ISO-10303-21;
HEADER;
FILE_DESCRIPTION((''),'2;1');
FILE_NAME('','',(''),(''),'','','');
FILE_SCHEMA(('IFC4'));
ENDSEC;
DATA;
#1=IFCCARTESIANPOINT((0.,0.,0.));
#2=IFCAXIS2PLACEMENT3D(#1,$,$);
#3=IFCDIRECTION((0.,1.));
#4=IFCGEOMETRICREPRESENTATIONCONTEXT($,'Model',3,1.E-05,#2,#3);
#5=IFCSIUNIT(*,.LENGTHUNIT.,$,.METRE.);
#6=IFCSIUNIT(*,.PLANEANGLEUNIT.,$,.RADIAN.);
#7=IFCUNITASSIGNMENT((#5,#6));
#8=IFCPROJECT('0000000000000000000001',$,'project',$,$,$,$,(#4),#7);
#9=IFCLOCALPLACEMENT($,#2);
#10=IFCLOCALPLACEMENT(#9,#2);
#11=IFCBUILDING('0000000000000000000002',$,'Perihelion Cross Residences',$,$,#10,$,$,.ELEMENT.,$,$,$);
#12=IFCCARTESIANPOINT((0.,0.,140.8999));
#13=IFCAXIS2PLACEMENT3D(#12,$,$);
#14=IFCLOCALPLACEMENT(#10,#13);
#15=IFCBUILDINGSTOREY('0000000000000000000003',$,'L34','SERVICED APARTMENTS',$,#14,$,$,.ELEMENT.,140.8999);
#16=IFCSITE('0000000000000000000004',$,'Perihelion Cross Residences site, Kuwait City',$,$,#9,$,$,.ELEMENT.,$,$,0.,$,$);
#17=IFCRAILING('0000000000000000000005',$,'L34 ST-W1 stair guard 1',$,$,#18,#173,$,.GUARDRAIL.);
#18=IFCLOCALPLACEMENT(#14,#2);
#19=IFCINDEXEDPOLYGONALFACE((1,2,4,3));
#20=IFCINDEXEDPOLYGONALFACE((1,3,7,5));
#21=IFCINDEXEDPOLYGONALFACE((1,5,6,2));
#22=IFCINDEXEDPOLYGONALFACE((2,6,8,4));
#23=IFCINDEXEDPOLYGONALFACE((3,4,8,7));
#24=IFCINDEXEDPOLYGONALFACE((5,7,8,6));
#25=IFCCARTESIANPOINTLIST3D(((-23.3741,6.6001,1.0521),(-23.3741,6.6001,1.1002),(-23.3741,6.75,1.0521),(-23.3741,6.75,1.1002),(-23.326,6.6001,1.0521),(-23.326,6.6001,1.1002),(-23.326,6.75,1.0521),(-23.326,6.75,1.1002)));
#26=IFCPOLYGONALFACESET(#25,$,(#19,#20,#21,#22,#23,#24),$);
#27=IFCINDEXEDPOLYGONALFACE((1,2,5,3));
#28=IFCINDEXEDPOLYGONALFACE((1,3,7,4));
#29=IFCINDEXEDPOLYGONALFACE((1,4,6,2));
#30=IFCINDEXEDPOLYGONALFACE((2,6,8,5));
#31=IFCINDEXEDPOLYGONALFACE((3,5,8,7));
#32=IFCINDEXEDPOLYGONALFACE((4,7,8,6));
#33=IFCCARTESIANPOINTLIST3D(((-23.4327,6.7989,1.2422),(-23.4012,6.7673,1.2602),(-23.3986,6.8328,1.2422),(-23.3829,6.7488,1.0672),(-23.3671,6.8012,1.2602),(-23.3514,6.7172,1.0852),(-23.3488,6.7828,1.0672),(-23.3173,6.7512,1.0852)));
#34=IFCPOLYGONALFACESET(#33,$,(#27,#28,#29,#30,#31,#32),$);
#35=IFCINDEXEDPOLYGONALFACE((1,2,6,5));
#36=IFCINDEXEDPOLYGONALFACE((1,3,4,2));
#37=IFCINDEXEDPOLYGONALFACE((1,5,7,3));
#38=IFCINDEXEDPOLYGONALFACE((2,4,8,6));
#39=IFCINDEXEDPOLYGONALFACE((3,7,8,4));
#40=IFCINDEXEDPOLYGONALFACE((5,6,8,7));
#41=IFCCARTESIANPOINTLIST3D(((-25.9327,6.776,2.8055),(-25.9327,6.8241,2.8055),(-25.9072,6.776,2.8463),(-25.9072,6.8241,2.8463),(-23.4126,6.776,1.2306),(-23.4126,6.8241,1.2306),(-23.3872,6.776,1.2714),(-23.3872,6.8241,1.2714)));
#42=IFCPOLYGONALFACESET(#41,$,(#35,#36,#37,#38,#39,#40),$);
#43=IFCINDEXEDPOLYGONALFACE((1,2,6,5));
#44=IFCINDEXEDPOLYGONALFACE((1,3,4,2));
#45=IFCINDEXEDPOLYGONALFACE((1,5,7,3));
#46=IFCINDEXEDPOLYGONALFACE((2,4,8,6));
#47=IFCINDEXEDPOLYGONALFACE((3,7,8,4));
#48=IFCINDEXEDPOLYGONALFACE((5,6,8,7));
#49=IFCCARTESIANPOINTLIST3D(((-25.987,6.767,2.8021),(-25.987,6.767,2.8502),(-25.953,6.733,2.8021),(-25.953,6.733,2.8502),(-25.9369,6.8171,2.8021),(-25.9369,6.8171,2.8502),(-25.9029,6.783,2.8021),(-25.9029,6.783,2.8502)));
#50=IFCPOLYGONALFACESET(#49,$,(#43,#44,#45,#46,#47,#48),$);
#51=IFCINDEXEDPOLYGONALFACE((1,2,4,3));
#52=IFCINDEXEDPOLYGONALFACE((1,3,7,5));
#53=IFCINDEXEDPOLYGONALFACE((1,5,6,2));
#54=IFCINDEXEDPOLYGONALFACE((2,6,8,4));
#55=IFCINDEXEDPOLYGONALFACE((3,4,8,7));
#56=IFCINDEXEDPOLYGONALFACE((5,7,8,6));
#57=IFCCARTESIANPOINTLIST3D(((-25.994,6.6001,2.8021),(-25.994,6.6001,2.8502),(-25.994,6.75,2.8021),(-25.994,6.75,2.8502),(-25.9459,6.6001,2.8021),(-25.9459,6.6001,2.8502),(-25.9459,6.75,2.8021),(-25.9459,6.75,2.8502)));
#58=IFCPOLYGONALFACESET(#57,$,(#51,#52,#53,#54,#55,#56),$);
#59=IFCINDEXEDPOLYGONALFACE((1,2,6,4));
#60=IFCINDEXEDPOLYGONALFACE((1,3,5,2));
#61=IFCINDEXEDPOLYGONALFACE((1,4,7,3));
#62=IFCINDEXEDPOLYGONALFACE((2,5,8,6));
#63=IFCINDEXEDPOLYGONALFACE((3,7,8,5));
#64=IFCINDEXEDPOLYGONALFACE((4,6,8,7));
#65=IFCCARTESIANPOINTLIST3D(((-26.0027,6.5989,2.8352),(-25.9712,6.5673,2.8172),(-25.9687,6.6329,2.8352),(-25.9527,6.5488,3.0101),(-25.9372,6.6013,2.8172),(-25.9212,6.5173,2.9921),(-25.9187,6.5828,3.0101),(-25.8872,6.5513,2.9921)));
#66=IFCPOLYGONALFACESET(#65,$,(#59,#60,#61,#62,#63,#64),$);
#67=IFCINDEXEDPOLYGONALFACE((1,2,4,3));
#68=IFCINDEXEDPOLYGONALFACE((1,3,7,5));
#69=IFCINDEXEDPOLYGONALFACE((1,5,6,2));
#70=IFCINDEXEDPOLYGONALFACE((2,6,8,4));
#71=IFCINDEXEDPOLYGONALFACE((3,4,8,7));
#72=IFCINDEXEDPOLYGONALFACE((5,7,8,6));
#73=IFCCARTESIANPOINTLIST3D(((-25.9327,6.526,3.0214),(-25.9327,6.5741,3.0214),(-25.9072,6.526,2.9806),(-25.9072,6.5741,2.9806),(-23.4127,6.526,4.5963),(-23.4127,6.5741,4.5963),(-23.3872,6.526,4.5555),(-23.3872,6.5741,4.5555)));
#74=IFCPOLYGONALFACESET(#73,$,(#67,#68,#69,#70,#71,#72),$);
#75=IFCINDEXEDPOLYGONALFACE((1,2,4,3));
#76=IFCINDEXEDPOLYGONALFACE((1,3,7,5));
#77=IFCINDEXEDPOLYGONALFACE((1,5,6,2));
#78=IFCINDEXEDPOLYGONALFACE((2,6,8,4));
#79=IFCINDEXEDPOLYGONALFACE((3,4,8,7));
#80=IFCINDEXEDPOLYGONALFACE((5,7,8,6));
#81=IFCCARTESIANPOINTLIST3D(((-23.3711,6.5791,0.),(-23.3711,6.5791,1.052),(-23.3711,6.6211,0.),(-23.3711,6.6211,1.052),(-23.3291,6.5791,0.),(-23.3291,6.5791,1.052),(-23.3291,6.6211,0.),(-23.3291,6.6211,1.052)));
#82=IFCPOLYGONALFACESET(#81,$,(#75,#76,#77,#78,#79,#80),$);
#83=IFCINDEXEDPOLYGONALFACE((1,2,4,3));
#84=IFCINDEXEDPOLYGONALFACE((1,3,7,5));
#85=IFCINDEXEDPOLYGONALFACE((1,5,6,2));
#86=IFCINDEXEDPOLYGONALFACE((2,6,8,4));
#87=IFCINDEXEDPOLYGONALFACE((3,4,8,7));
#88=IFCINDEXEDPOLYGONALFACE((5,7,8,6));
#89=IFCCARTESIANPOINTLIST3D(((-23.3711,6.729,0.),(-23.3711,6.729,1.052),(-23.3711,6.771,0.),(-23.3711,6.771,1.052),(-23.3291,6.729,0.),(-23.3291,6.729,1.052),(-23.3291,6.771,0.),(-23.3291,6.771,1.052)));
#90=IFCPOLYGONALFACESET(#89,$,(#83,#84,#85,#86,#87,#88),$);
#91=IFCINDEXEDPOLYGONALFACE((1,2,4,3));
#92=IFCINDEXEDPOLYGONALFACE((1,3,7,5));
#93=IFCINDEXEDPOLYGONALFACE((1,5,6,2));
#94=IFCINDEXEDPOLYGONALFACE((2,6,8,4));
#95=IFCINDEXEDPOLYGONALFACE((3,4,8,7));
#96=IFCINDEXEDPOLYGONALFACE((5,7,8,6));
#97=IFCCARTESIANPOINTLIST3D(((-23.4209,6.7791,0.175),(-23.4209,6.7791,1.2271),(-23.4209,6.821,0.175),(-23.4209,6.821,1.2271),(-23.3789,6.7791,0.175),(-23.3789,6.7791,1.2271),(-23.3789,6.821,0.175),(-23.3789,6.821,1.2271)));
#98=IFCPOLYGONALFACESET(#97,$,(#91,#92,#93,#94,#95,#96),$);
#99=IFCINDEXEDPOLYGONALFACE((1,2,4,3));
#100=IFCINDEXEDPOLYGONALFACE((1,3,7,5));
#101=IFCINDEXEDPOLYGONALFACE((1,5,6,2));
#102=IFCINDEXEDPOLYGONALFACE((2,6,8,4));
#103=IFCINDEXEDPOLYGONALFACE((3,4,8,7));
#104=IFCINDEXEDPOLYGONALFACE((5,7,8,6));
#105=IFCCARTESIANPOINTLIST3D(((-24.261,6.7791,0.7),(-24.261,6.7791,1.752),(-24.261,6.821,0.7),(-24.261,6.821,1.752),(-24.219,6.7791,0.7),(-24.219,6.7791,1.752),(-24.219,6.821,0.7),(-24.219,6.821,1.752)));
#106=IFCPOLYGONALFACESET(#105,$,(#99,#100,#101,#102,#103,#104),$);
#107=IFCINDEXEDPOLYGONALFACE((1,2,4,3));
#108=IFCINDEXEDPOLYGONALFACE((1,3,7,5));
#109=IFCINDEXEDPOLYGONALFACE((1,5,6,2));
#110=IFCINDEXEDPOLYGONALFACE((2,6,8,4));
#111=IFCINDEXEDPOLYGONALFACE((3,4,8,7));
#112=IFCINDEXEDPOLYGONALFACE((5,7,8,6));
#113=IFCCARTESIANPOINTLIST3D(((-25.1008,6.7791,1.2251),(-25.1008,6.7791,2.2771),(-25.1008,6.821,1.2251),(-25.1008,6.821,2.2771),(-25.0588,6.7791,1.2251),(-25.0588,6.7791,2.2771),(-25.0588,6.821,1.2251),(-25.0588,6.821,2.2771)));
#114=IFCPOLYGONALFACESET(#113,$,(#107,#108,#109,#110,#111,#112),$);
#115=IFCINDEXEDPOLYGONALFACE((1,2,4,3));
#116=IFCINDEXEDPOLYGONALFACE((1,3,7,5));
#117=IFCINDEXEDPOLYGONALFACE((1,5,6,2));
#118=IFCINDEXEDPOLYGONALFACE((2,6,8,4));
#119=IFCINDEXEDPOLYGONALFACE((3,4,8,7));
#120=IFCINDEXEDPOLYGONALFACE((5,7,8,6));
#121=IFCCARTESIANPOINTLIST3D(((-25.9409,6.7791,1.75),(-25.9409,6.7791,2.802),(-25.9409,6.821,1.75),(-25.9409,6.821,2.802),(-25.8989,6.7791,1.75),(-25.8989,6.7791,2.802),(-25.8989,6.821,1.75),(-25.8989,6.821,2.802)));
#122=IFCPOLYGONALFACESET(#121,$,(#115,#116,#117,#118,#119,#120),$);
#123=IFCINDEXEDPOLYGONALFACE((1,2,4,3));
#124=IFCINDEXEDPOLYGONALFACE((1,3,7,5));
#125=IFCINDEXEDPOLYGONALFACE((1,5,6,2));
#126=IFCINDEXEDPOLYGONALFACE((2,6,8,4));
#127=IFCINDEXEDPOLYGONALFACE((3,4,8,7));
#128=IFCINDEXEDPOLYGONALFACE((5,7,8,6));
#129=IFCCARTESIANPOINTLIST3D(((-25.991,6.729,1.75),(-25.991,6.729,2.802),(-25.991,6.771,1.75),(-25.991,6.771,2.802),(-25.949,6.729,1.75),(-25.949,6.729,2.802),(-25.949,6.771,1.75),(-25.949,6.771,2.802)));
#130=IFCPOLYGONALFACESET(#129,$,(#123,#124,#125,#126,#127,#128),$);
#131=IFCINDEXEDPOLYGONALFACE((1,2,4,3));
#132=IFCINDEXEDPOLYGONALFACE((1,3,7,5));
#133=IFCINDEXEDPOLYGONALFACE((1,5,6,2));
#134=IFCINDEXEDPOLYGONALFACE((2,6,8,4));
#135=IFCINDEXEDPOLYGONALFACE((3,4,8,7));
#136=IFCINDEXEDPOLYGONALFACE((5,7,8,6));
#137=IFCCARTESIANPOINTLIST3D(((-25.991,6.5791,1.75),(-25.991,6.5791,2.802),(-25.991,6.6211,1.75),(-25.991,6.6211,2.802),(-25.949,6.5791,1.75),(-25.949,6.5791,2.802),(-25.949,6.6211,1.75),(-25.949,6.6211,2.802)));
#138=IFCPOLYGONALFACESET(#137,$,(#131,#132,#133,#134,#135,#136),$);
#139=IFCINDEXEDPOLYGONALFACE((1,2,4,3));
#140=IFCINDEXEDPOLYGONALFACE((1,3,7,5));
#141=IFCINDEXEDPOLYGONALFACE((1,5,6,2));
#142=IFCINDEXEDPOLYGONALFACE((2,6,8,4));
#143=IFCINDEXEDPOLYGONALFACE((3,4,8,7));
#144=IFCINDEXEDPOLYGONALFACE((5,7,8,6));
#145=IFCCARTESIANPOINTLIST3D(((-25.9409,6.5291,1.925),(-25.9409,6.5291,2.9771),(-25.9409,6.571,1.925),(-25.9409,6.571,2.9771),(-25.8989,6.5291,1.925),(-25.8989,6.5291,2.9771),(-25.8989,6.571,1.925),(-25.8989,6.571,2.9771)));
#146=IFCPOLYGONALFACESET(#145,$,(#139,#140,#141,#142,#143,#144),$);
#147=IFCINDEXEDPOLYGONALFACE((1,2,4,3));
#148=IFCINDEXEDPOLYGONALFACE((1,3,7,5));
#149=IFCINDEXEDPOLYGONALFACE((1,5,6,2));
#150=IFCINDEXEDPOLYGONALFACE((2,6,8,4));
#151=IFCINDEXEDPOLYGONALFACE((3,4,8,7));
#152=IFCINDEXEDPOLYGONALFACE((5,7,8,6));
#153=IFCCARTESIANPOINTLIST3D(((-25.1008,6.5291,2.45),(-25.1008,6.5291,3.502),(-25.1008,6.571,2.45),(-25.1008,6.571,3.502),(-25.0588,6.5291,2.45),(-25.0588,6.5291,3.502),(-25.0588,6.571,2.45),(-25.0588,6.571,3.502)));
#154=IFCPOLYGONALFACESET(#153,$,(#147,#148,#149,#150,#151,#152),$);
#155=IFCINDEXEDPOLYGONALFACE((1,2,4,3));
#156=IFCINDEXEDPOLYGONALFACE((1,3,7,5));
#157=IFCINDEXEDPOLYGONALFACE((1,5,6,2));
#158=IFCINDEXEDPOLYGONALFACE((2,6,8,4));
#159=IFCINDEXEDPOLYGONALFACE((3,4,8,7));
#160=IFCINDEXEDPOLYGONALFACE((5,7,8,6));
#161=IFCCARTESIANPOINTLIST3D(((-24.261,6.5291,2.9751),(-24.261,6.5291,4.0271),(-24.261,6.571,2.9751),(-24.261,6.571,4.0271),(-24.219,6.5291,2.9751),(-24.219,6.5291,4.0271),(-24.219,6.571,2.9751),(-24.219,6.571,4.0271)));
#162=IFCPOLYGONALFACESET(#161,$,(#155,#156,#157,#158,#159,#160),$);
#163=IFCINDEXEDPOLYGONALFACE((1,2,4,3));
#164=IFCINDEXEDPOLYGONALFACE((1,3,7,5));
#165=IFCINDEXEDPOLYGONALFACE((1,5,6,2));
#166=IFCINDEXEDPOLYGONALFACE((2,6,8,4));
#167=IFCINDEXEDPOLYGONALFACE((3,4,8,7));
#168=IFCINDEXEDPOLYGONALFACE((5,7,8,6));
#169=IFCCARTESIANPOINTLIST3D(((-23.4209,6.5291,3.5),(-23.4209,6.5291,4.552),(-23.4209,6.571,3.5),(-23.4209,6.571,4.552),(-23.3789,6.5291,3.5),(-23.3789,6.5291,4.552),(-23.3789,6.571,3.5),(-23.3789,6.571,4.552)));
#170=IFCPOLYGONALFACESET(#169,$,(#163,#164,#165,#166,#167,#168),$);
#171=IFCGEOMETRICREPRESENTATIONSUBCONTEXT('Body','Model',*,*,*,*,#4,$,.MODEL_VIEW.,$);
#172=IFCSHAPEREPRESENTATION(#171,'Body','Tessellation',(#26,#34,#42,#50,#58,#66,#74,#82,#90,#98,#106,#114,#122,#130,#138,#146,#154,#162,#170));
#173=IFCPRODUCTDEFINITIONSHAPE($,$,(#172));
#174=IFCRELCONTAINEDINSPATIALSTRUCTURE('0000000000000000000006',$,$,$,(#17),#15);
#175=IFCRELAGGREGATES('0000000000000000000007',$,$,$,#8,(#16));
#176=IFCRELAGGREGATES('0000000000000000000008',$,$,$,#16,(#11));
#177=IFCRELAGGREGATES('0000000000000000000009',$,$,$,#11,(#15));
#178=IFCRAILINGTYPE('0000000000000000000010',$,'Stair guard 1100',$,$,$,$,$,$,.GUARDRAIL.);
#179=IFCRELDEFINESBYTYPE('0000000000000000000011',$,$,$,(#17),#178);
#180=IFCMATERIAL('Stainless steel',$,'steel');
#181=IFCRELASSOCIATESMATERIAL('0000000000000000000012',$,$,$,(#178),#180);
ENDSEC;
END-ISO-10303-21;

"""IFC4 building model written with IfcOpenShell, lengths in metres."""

from ifc_helpers import new_model, si_unit, direction, frame, origin, origin_2d, place, context, subcontext, project, spatial, rectangle, extrude, material, type_object, element, save


model = new_model("IFC4")

# Units and contexts
model_context = context("Model", 3, precision=1e-05, world=origin(), true_north=direction((0.0, 1.0)))
body_context = subcontext(model_context, "Body", "Model", "MODEL_VIEW")
ifc_project = project(units=[si_unit("LENGTHUNIT", "METRE"), si_unit("PLANEANGLEUNIT", "RADIAN")], contexts=[model_context])

# Site, building, storey
site_placement = place(None, origin())
site = spatial("IfcSite", under=ifc_project, at=site_placement, Name="Perihelion Cross Residences site, Kuwait City", CompositionType="ELEMENT", RefElevation=0.0)
building_placement = place(site_placement, origin())
building = spatial("IfcBuilding", under=site, at=building_placement, Name="Perihelion Cross Residences", CompositionType="ELEMENT")
storey_placement = place(building_placement, frame((0.0, 0.0, 140.8999)))
storey = spatial("IfcBuildingStorey", under=building, at=storey_placement, Name="L34", Description="SERVICED APARTMENTS", CompositionType="ELEMENT", Elevation=140.8999)

# Railing
ifc_material_1 = material(Name="Stainless steel", Category="steel")
railing_type_1 = type_object("IfcRailingType", Name="Stair guard 1100", PredefinedType="GUARDRAIL", material=ifc_material_1)
railing_1_placement = place(storey_placement, frame((-23.3501, 6.6001, 0.0)))
element("IfcRailing", 1, at=railing_1_placement, inside=storey, type_object=railing_type_1, Name="L34 ST-W1 stair guard 1", PredefinedType="GUARDRAIL", context=body_context, shape_type="SweptSolid", body=[
    extrude(rectangle(XDim=0.0481, YDim=0.0481, at=origin_2d()), frame((0.0, 0.0, 1.0762), z_axis=(0.0, 1.0, 0.0), x_axis=(-1.0, 0.0, 0.0)), (0.0, 0.0, 1.0), 0.1499),
    extrude(rectangle(XDim=0.0481, YDim=0.0481, at=origin_2d()), frame((0.0, 0.1499, 1.0762), z_axis=(-0.263862, 0.265156, 0.927399), x_axis=(-0.708834, -0.705376, 0.0)), (0.0, 0.0, 1.0), 0.1887),
    extrude(rectangle(XDim=0.0481, YDim=0.0481, at=origin_2d()), frame((-0.0498, 0.2, 1.251), z_axis=(-0.848008, 0.0, 0.529984), x_axis=(0.0, -1.0, 0.0)), (0.0, 0.0, 1.0), 2.9717),
    extrude(rectangle(XDim=0.0481, YDim=0.0481, at=origin_2d()), frame((-2.5698, 0.2, 2.8262), z_axis=(-0.707107, -0.707107, 0.0), x_axis=(0.707107, -0.707107, 0.0)), (0.0, 0.0, 1.0), 0.0708),
    extrude(rectangle(XDim=0.0481, YDim=0.0481, at=origin_2d()), frame((-2.6199, 0.1499, 2.8262), z_axis=(0.0, -1.0, 0.0), x_axis=(1.0, 0.0, 0.0)), (0.0, 0.0, 1.0), 0.1499),
    extrude(rectangle(XDim=0.0481, YDim=0.0481, at=origin_2d()), frame((-2.6199, 0.0, 2.8262), z_axis=(0.265065, -0.265065, 0.927082), x_axis=(0.707107, 0.707107, 0.0)), (0.0, 0.0, 1.0), 0.1887),
    extrude(rectangle(XDim=0.0481, YDim=0.0481, at=origin_2d()), frame((-2.5698, -0.05, 3.001), z_axis=(0.848008, 0.0, 0.529984), x_axis=(0.0, 1.0, 0.0)), (0.0, 0.0, 1.0), 2.9717),
    extrude(rectangle(XDim=0.042, YDim=0.042, at=origin_2d()), origin(), (0.0, 0.0, 1.0), 1.052),
    extrude(rectangle(XDim=0.042, YDim=0.042, at=origin_2d()), frame((0.0, 0.1499, 0.0)), (0.0, 0.0, 1.0), 1.052),
    extrude(rectangle(XDim=0.042, YDim=0.042, at=origin_2d()), frame((-0.0498, 0.2, 0.175)), (0.0, 0.0, 1.0), 1.052),
    extrude(rectangle(XDim=0.042, YDim=0.042, at=origin_2d()), frame((-0.8899, 0.2, 0.7)), (0.0, 0.0, 1.0), 1.052),
    extrude(rectangle(XDim=0.042, YDim=0.042, at=origin_2d()), frame((-1.7297, 0.2, 1.2251)), (0.0, 0.0, 1.0), 1.052),
    extrude(rectangle(XDim=0.042, YDim=0.042, at=origin_2d()), frame((-2.5698, 0.2, 1.75)), (0.0, 0.0, 1.0), 1.052),
    extrude(rectangle(XDim=0.042, YDim=0.042, at=origin_2d()), frame((-2.6199, 0.1499, 1.75)), (0.0, 0.0, 1.0), 1.052),
    extrude(rectangle(XDim=0.042, YDim=0.042, at=origin_2d()), frame((-2.6199, 0.0, 1.75)), (0.0, 0.0, 1.0), 1.052),
    extrude(rectangle(XDim=0.042, YDim=0.042, at=origin_2d()), frame((-2.5698, -0.05, 1.925)), (0.0, 0.0, 1.0), 1.052),
    extrude(rectangle(XDim=0.042, YDim=0.042, at=origin_2d()), frame((-1.7297, -0.05, 2.45)), (0.0, 0.0, 1.0), 1.052),
    extrude(rectangle(XDim=0.042, YDim=0.042, at=origin_2d()), frame((-0.8899, -0.05, 2.9751)), (0.0, 0.0, 1.0), 1.052),
    extrude(rectangle(XDim=0.042, YDim=0.042, at=origin_2d()), frame((-0.0498, -0.05, 3.5)), (0.0, 0.0, 1.0), 1.052),
])

save(model, "model.ifc")
